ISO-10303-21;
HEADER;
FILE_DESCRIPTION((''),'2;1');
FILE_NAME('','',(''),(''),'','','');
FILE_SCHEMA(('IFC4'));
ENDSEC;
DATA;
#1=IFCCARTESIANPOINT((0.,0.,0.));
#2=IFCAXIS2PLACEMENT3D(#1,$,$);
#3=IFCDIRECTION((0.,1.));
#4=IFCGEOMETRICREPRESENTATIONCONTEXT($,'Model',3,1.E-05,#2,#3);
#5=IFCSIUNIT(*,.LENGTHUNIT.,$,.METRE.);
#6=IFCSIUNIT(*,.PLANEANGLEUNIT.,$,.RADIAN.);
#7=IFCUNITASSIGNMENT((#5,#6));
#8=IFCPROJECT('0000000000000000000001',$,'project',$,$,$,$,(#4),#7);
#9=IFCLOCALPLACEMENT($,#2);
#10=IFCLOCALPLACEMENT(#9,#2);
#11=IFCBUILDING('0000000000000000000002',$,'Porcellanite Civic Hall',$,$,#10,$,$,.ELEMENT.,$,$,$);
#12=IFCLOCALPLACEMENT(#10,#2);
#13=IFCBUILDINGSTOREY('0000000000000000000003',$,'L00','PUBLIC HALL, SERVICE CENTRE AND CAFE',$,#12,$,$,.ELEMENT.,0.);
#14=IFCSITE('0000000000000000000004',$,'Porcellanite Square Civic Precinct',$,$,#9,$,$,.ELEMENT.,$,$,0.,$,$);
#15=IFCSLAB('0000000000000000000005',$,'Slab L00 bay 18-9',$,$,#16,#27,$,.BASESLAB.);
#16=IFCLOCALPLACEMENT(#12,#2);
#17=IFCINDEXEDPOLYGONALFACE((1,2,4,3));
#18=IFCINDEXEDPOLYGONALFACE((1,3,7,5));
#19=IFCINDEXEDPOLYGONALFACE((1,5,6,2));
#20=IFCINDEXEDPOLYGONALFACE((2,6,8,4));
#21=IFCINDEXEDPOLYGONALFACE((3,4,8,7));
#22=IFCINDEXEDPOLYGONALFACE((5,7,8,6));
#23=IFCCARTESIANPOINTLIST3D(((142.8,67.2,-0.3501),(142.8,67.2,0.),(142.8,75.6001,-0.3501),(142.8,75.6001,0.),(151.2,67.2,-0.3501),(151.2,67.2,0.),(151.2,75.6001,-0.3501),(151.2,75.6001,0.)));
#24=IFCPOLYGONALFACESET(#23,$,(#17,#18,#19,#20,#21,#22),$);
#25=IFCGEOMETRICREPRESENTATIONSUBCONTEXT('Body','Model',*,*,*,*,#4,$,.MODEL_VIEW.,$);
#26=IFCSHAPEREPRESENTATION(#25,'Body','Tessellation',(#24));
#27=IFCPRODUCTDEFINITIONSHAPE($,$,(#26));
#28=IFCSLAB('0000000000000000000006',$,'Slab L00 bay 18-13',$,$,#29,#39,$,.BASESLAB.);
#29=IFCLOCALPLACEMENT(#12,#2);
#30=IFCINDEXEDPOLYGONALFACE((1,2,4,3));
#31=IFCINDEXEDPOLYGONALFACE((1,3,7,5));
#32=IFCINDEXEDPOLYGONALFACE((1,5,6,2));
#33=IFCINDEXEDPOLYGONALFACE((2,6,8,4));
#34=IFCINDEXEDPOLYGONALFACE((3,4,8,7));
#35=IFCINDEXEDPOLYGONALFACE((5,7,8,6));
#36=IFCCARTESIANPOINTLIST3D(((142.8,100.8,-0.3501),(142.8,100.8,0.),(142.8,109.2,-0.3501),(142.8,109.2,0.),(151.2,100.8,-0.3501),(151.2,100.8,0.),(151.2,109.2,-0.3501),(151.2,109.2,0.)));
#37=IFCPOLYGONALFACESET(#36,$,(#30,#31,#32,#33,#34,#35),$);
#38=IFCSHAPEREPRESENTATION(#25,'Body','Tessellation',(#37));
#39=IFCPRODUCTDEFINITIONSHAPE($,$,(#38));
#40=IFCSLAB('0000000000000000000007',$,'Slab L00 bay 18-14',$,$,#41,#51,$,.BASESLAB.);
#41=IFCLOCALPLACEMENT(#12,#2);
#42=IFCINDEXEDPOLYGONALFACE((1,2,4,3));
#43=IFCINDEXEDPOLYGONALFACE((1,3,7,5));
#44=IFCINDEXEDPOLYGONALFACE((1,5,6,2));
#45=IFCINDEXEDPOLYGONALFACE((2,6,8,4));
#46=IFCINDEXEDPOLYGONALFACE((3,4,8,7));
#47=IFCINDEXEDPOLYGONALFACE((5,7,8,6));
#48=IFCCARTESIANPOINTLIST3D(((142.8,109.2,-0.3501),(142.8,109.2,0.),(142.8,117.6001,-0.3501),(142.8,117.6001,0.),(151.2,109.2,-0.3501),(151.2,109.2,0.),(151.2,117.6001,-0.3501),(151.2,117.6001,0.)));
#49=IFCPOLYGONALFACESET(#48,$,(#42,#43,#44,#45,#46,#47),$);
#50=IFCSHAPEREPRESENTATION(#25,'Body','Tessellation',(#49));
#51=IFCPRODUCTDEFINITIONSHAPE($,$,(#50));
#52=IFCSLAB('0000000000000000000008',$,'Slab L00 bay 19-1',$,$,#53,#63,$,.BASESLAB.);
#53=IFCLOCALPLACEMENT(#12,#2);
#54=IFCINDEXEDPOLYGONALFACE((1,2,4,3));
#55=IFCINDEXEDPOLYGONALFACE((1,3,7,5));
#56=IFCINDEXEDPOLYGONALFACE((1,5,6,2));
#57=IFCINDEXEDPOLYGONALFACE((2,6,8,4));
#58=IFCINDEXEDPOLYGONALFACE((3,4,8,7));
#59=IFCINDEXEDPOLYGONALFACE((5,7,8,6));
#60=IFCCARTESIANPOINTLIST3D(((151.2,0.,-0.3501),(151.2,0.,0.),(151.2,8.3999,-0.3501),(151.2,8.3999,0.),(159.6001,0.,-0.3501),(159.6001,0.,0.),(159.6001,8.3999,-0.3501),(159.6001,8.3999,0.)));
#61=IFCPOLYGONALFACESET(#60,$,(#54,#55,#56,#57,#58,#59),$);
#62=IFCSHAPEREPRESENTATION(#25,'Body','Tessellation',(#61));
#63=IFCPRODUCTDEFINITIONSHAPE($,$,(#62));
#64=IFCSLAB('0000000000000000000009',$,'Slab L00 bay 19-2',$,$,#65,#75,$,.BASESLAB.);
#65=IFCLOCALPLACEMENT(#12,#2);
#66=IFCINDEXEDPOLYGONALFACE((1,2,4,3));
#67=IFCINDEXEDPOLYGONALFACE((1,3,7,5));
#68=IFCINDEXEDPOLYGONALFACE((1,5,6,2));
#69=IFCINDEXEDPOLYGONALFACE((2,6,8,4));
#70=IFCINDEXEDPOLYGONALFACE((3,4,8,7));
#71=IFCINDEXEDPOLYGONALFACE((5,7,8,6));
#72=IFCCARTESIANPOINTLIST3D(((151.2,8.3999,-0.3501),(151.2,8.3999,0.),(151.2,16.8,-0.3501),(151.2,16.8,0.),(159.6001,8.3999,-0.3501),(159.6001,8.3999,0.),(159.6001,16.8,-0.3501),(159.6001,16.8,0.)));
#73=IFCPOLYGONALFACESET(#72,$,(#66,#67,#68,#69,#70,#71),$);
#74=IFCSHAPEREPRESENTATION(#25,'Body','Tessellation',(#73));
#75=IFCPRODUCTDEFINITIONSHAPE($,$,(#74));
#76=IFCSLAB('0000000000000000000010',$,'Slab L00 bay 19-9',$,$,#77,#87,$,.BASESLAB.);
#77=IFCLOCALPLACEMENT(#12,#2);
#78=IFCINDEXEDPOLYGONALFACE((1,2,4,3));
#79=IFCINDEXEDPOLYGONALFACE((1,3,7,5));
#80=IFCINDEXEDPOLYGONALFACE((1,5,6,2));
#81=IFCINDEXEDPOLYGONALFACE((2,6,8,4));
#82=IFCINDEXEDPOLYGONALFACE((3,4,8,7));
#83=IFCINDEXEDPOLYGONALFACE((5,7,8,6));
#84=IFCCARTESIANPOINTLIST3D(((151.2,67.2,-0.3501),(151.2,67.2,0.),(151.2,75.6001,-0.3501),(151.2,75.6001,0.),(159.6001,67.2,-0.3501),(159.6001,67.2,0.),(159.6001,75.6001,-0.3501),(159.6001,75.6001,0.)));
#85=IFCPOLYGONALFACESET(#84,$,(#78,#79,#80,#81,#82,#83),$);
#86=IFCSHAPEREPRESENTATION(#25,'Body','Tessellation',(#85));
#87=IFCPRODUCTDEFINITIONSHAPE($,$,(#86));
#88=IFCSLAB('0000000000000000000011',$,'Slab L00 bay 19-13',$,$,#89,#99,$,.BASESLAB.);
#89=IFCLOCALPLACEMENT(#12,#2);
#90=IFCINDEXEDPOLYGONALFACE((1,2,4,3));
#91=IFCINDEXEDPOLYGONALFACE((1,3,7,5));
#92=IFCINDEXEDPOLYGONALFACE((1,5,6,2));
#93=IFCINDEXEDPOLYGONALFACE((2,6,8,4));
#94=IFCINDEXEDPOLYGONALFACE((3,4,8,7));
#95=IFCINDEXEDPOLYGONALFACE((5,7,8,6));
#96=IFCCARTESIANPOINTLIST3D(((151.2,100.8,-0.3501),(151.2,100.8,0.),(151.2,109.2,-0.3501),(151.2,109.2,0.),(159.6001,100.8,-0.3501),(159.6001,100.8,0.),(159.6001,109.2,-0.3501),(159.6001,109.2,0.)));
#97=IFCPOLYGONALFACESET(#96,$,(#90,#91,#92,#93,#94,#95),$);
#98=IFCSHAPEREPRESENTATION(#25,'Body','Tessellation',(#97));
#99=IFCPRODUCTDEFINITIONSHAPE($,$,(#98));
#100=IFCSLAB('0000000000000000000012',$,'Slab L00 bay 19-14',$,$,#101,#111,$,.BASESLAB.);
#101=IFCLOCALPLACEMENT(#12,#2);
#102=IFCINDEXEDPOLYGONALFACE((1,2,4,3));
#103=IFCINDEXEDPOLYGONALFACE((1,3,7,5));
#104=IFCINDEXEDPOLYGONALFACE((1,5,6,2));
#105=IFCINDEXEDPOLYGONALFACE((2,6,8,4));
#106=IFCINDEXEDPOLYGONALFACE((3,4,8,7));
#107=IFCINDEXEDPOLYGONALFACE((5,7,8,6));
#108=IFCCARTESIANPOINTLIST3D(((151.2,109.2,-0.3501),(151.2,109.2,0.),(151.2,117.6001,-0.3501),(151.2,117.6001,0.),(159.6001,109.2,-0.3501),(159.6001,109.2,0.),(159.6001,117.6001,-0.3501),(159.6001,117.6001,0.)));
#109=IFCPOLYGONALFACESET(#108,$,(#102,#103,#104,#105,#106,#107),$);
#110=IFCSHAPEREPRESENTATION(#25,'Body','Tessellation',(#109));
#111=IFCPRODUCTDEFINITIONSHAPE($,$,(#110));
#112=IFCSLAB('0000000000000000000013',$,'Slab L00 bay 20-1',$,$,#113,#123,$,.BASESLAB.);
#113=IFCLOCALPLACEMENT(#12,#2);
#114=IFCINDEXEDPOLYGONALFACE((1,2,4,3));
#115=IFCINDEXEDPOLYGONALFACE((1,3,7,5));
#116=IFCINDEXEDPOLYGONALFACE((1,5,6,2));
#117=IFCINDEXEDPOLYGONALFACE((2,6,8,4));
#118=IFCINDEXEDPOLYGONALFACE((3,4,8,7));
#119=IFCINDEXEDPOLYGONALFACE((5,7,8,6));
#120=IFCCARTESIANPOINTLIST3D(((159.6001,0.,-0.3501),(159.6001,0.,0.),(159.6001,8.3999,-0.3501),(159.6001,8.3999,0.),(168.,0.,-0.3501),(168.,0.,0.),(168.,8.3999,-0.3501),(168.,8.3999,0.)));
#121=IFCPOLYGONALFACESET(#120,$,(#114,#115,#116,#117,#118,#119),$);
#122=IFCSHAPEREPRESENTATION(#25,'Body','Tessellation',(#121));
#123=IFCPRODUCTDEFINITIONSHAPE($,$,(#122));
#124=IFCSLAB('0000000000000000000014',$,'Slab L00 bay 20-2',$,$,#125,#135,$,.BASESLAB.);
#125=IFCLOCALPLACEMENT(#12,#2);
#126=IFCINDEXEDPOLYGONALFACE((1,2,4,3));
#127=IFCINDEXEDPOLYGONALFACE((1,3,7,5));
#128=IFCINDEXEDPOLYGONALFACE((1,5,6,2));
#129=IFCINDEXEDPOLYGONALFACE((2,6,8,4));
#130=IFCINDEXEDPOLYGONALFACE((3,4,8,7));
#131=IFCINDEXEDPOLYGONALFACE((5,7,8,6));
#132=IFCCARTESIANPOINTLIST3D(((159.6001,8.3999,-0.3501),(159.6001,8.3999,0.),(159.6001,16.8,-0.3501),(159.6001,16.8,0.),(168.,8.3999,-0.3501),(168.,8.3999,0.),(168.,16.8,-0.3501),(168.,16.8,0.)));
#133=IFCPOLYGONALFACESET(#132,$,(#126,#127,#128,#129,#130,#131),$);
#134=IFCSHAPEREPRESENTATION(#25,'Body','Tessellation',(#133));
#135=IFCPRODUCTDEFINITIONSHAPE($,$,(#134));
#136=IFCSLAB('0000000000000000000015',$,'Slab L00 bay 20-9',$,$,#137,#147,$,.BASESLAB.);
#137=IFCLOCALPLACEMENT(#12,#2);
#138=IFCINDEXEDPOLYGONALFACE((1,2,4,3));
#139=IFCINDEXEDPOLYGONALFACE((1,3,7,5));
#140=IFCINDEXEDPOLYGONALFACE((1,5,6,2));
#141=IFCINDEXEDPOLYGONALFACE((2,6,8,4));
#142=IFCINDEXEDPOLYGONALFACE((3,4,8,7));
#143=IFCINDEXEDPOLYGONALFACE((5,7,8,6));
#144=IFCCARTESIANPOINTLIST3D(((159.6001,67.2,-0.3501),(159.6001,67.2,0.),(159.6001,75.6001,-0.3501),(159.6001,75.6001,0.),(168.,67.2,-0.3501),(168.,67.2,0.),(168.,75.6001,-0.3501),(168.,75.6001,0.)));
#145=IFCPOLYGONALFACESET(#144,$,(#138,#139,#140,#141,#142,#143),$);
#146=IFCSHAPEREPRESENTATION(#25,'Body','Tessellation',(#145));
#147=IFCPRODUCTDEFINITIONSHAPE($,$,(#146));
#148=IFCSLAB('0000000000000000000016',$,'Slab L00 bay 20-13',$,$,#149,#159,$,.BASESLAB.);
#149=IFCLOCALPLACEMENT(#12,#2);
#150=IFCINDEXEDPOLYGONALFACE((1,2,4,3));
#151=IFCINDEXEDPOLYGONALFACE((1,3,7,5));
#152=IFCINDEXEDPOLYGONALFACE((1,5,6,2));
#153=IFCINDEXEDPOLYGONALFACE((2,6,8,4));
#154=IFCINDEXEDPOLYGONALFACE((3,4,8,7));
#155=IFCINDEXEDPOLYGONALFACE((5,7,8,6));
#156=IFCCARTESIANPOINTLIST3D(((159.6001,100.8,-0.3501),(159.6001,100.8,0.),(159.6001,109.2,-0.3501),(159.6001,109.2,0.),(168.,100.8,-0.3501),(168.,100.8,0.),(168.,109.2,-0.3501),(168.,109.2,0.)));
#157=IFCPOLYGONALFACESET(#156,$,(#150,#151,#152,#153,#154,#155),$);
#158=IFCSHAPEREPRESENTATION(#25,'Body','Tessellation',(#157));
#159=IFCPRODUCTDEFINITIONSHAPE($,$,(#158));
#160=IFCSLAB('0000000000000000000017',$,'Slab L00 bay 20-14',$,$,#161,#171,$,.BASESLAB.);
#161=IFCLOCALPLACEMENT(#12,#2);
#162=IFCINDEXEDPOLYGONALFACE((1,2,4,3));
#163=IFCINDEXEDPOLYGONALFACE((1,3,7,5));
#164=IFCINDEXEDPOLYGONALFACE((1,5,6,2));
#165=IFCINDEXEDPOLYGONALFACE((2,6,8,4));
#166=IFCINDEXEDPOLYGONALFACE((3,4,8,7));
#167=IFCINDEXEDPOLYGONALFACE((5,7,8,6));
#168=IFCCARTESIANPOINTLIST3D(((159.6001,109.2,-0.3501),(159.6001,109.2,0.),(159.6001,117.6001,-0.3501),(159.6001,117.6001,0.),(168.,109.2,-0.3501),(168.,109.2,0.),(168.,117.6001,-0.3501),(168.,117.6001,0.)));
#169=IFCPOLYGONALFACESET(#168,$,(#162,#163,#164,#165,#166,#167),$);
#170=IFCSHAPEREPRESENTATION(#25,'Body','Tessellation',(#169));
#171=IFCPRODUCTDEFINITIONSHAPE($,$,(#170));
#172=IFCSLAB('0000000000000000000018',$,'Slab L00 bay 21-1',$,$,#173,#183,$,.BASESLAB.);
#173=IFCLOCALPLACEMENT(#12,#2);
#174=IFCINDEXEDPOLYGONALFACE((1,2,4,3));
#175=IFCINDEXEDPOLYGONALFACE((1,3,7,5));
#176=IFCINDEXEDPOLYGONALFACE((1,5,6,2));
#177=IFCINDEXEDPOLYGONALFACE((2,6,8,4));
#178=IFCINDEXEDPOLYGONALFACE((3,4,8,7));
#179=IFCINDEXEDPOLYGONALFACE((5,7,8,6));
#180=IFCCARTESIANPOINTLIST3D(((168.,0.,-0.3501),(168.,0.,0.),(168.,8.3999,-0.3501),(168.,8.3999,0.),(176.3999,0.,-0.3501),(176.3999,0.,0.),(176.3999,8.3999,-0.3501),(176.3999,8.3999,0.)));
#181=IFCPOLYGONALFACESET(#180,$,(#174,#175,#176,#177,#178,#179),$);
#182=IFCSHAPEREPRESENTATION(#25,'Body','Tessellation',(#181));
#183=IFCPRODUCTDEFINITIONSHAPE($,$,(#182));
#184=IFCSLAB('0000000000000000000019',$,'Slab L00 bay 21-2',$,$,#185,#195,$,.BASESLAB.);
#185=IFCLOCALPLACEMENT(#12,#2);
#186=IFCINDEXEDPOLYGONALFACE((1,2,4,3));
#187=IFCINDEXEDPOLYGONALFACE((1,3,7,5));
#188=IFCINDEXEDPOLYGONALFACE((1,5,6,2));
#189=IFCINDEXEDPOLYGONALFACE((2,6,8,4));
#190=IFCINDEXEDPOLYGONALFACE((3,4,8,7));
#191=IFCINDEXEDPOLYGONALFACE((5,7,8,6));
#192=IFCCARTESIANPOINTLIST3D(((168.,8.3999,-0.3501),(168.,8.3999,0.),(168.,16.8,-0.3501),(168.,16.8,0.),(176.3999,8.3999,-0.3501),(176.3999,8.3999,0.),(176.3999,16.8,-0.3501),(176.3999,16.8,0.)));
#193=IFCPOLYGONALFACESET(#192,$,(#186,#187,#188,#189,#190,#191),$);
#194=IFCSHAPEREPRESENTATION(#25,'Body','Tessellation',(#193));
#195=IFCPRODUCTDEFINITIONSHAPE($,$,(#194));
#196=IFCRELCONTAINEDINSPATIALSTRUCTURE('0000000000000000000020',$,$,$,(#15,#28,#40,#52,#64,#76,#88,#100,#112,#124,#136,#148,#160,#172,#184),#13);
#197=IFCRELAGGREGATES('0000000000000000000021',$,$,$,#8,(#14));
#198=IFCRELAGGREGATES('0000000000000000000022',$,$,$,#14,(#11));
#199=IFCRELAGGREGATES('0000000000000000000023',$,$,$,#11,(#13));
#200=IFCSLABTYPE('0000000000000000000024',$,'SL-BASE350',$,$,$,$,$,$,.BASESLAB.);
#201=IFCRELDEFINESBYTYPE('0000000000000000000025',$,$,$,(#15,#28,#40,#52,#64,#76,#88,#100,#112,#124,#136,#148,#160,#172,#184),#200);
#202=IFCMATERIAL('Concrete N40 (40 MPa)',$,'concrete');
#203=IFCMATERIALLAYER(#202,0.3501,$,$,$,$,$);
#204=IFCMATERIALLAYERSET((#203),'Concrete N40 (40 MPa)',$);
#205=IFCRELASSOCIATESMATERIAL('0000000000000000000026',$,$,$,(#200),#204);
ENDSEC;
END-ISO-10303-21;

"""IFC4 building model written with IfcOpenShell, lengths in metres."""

from ifc_helpers import new_model, si_unit, direction, frame, origin, place, context, subcontext, project, spatial, polyline, outline, extrude, material, layer, layer_set, type_object, element, save


model = new_model("IFC4")

# Units and contexts
model_context = context("Model", 3, precision=1e-05, world=origin(), true_north=direction((0.0, 1.0)))
body_context = subcontext(model_context, "Body", "Model", "MODEL_VIEW")
ifc_project = project(units=[si_unit("LENGTHUNIT", "METRE"), si_unit("PLANEANGLEUNIT", "RADIAN")], contexts=[model_context])

# Site, building, storey
site_placement = place(None, origin())
site = spatial("IfcSite", under=ifc_project, at=site_placement, Name="Porcellanite Square Civic Precinct", CompositionType="ELEMENT", RefElevation=0.0)
building_placement = place(site_placement, origin())
building = spatial("IfcBuilding", under=site, at=building_placement, Name="Porcellanite Civic Hall", CompositionType="ELEMENT")
storey_placement = place(building_placement, origin())
storey = spatial("IfcBuildingStorey", under=building, at=storey_placement, Name="L00", Description="PUBLIC HALL, SERVICE CENTRE AND CAFE", CompositionType="ELEMENT", Elevation=0.0)

# Slabs
ifc_material = material(Name="Concrete N40 (40 MPa)", Category="concrete")
ifc_layer = layer(ifc_material, 0.3501)
ifc_layer_set = layer_set([ifc_layer], Name="Concrete N40 (40 MPa)")
slab_type = type_object("IfcSlabType", Name="SL-BASE350", PredefinedType="BASESLAB", material=ifc_layer_set)
slab_1_placement = place(storey_placement, frame((0.0, 0.0, -0.3501)))
element("IfcSlab", 1, at=slab_1_placement, inside=storey, type_object=slab_type, Name="Slab L00 bay 18-9", PredefinedType="BASESLAB", context=body_context, shape_type="SweptSolid", body=[
    extrude(outline(polyline([(142.8, 67.2), (151.2, 67.2), (151.2, 75.6001), (142.8, 75.6001), (142.8, 67.2)])), origin(), (0.0, 0.0, 1.0), 0.3501),
])
slab_2_placement = place(storey_placement, frame((0.0, 0.0, -0.3501)))
element("IfcSlab", 2, at=slab_2_placement, inside=storey, type_object=slab_type, Name="Slab L00 bay 18-13", PredefinedType="BASESLAB", context=body_context, shape_type="SweptSolid", body=[
    extrude(outline(polyline([(142.8, 100.8), (151.2, 100.8), (151.2, 109.2), (142.8, 109.2), (142.8, 100.8)])), origin(), (0.0, 0.0, 1.0), 0.3501),
])
slab_3_placement = place(storey_placement, frame((0.0, 0.0, -0.3501)))
element("IfcSlab", 3, at=slab_3_placement, inside=storey, type_object=slab_type, Name="Slab L00 bay 18-14", PredefinedType="BASESLAB", context=body_context, shape_type="SweptSolid", body=[
    extrude(outline(polyline([(142.8, 109.2), (151.2, 109.2), (151.2, 117.6001), (142.8, 117.6001), (142.8, 109.2)])), origin(), (0.0, 0.0, 1.0), 0.3501),
])
slab_4_placement = place(storey_placement, frame((0.0, 0.0, -0.3501)))
element("IfcSlab", 4, at=slab_4_placement, inside=storey, type_object=slab_type, Name="Slab L00 bay 19-1", PredefinedType="BASESLAB", context=body_context, shape_type="SweptSolid", body=[
    extrude(outline(polyline([(151.2, 0.0), (159.6001, 0.0), (159.6001, 8.3999), (151.2, 8.3999), (151.2, 0.0)])), origin(), (0.0, 0.0, 1.0), 0.3501),
])
slab_5_placement = place(storey_placement, frame((0.0, 0.0, -0.3501)))
element("IfcSlab", 5, at=slab_5_placement, inside=storey, type_object=slab_type, Name="Slab L00 bay 19-2", PredefinedType="BASESLAB", context=body_context, shape_type="SweptSolid", body=[
    extrude(outline(polyline([(151.2, 8.3999), (159.6001, 8.3999), (159.6001, 16.8), (151.2, 16.8), (151.2, 8.3999)])), origin(), (0.0, 0.0, 1.0), 0.3501),
])
slab_6_placement = place(storey_placement, frame((0.0, 0.0, -0.3501)))
element("IfcSlab", 6, at=slab_6_placement, inside=storey, type_object=slab_type, Name="Slab L00 bay 19-9", PredefinedType="BASESLAB", context=body_context, shape_type="SweptSolid", body=[
    extrude(outline(polyline([(151.2, 67.2), (159.6001, 67.2), (159.6001, 75.6001), (151.2, 75.6001), (151.2, 67.2)])), origin(), (0.0, 0.0, 1.0), 0.3501),
])
slab_7_placement = place(storey_placement, frame((0.0, 0.0, -0.3501)))
element("IfcSlab", 7, at=slab_7_placement, inside=storey, type_object=slab_type, Name="Slab L00 bay 19-13", PredefinedType="BASESLAB", context=body_context, shape_type="SweptSolid", body=[
    extrude(outline(polyline([(151.2, 100.8), (159.6001, 100.8), (159.6001, 109.2), (151.2, 109.2), (151.2, 100.8)])), origin(), (0.0, 0.0, 1.0), 0.3501),
])
slab_8_placement = place(storey_placement, frame((0.0, 0.0, -0.3501)))
element("IfcSlab", 8, at=slab_8_placement, inside=storey, type_object=slab_type, Name="Slab L00 bay 19-14", PredefinedType="BASESLAB", context=body_context, shape_type="SweptSolid", body=[
    extrude(outline(polyline([(151.2, 109.2), (159.6001, 109.2), (159.6001, 117.6001), (151.2, 117.6001), (151.2, 109.2)])), origin(), (0.0, 0.0, 1.0), 0.3501),
])
slab_9_placement = place(storey_placement, frame((0.0, 0.0, -0.3501)))
element("IfcSlab", 9, at=slab_9_placement, inside=storey, type_object=slab_type, Name="Slab L00 bay 20-1", PredefinedType="BASESLAB", context=body_context, shape_type="SweptSolid", body=[
    extrude(outline(polyline([(159.6001, 0.0), (168.0, 0.0), (168.0, 8.3999), (159.6001, 8.3999), (159.6001, 0.0)])), origin(), (0.0, 0.0, 1.0), 0.3501),
])
slab_10_placement = place(storey_placement, frame((0.0, 0.0, -0.3501)))
element("IfcSlab", 10, at=slab_10_placement, inside=storey, type_object=slab_type, Name="Slab L00 bay 20-2", PredefinedType="BASESLAB", context=body_context, shape_type="SweptSolid", body=[
    extrude(outline(polyline([(159.6001, 8.3999), (168.0, 8.3999), (168.0, 16.8), (159.6001, 16.8), (159.6001, 8.3999)])), origin(), (0.0, 0.0, 1.0), 0.3501),
])
slab_11_placement = place(storey_placement, frame((0.0, 0.0, -0.3501)))
element("IfcSlab", 11, at=slab_11_placement, inside=storey, type_object=slab_type, Name="Slab L00 bay 20-9", PredefinedType="BASESLAB", context=body_context, shape_type="SweptSolid", body=[
    extrude(outline(polyline([(159.6001, 67.2), (168.0, 67.2), (168.0, 75.6001), (159.6001, 75.6001), (159.6001, 67.2)])), origin(), (0.0, 0.0, 1.0), 0.3501),
])
slab_12_placement = place(storey_placement, frame((0.0, 0.0, -0.3501)))
element("IfcSlab", 12, at=slab_12_placement, inside=storey, type_object=slab_type, Name="Slab L00 bay 20-13", PredefinedType="BASESLAB", context=body_context, shape_type="SweptSolid", body=[
    extrude(outline(polyline([(159.6001, 100.8), (168.0, 100.8), (168.0, 109.2), (159.6001, 109.2), (159.6001, 100.8)])), origin(), (0.0, 0.0, 1.0), 0.3501),
])
slab_13_placement = place(storey_placement, frame((0.0, 0.0, -0.3501)))
element("IfcSlab", 13, at=slab_13_placement, inside=storey, type_object=slab_type, Name="Slab L00 bay 20-14", PredefinedType="BASESLAB", context=body_context, shape_type="SweptSolid", body=[
    extrude(outline(polyline([(159.6001, 109.2), (168.0, 109.2), (168.0, 117.6001), (159.6001, 117.6001), (159.6001, 109.2)])), origin(), (0.0, 0.0, 1.0), 0.3501),
])
slab_14_placement = place(storey_placement, frame((0.0, 0.0, -0.3501)))
element("IfcSlab", 14, at=slab_14_placement, inside=storey, type_object=slab_type, Name="Slab L00 bay 21-1", PredefinedType="BASESLAB", context=body_context, shape_type="SweptSolid", body=[
    extrude(outline(polyline([(168.0, 0.0), (176.3999, 0.0), (176.3999, 8.3999), (168.0, 8.3999), (168.0, 0.0)])), origin(), (0.0, 0.0, 1.0), 0.3501),
])
slab_15_placement = place(storey_placement, frame((0.0, 0.0, -0.3501)))
element("IfcSlab", 15, at=slab_15_placement, inside=storey, type_object=slab_type, Name="Slab L00 bay 21-2", PredefinedType="BASESLAB", context=body_context, shape_type="SweptSolid", body=[
    extrude(outline(polyline([(168.0, 8.3999), (176.3999, 8.3999), (176.3999, 16.8), (168.0, 16.8), (168.0, 8.3999)])), origin(), (0.0, 0.0, 1.0), 0.3501),
])

save(model, "model.ifc")
